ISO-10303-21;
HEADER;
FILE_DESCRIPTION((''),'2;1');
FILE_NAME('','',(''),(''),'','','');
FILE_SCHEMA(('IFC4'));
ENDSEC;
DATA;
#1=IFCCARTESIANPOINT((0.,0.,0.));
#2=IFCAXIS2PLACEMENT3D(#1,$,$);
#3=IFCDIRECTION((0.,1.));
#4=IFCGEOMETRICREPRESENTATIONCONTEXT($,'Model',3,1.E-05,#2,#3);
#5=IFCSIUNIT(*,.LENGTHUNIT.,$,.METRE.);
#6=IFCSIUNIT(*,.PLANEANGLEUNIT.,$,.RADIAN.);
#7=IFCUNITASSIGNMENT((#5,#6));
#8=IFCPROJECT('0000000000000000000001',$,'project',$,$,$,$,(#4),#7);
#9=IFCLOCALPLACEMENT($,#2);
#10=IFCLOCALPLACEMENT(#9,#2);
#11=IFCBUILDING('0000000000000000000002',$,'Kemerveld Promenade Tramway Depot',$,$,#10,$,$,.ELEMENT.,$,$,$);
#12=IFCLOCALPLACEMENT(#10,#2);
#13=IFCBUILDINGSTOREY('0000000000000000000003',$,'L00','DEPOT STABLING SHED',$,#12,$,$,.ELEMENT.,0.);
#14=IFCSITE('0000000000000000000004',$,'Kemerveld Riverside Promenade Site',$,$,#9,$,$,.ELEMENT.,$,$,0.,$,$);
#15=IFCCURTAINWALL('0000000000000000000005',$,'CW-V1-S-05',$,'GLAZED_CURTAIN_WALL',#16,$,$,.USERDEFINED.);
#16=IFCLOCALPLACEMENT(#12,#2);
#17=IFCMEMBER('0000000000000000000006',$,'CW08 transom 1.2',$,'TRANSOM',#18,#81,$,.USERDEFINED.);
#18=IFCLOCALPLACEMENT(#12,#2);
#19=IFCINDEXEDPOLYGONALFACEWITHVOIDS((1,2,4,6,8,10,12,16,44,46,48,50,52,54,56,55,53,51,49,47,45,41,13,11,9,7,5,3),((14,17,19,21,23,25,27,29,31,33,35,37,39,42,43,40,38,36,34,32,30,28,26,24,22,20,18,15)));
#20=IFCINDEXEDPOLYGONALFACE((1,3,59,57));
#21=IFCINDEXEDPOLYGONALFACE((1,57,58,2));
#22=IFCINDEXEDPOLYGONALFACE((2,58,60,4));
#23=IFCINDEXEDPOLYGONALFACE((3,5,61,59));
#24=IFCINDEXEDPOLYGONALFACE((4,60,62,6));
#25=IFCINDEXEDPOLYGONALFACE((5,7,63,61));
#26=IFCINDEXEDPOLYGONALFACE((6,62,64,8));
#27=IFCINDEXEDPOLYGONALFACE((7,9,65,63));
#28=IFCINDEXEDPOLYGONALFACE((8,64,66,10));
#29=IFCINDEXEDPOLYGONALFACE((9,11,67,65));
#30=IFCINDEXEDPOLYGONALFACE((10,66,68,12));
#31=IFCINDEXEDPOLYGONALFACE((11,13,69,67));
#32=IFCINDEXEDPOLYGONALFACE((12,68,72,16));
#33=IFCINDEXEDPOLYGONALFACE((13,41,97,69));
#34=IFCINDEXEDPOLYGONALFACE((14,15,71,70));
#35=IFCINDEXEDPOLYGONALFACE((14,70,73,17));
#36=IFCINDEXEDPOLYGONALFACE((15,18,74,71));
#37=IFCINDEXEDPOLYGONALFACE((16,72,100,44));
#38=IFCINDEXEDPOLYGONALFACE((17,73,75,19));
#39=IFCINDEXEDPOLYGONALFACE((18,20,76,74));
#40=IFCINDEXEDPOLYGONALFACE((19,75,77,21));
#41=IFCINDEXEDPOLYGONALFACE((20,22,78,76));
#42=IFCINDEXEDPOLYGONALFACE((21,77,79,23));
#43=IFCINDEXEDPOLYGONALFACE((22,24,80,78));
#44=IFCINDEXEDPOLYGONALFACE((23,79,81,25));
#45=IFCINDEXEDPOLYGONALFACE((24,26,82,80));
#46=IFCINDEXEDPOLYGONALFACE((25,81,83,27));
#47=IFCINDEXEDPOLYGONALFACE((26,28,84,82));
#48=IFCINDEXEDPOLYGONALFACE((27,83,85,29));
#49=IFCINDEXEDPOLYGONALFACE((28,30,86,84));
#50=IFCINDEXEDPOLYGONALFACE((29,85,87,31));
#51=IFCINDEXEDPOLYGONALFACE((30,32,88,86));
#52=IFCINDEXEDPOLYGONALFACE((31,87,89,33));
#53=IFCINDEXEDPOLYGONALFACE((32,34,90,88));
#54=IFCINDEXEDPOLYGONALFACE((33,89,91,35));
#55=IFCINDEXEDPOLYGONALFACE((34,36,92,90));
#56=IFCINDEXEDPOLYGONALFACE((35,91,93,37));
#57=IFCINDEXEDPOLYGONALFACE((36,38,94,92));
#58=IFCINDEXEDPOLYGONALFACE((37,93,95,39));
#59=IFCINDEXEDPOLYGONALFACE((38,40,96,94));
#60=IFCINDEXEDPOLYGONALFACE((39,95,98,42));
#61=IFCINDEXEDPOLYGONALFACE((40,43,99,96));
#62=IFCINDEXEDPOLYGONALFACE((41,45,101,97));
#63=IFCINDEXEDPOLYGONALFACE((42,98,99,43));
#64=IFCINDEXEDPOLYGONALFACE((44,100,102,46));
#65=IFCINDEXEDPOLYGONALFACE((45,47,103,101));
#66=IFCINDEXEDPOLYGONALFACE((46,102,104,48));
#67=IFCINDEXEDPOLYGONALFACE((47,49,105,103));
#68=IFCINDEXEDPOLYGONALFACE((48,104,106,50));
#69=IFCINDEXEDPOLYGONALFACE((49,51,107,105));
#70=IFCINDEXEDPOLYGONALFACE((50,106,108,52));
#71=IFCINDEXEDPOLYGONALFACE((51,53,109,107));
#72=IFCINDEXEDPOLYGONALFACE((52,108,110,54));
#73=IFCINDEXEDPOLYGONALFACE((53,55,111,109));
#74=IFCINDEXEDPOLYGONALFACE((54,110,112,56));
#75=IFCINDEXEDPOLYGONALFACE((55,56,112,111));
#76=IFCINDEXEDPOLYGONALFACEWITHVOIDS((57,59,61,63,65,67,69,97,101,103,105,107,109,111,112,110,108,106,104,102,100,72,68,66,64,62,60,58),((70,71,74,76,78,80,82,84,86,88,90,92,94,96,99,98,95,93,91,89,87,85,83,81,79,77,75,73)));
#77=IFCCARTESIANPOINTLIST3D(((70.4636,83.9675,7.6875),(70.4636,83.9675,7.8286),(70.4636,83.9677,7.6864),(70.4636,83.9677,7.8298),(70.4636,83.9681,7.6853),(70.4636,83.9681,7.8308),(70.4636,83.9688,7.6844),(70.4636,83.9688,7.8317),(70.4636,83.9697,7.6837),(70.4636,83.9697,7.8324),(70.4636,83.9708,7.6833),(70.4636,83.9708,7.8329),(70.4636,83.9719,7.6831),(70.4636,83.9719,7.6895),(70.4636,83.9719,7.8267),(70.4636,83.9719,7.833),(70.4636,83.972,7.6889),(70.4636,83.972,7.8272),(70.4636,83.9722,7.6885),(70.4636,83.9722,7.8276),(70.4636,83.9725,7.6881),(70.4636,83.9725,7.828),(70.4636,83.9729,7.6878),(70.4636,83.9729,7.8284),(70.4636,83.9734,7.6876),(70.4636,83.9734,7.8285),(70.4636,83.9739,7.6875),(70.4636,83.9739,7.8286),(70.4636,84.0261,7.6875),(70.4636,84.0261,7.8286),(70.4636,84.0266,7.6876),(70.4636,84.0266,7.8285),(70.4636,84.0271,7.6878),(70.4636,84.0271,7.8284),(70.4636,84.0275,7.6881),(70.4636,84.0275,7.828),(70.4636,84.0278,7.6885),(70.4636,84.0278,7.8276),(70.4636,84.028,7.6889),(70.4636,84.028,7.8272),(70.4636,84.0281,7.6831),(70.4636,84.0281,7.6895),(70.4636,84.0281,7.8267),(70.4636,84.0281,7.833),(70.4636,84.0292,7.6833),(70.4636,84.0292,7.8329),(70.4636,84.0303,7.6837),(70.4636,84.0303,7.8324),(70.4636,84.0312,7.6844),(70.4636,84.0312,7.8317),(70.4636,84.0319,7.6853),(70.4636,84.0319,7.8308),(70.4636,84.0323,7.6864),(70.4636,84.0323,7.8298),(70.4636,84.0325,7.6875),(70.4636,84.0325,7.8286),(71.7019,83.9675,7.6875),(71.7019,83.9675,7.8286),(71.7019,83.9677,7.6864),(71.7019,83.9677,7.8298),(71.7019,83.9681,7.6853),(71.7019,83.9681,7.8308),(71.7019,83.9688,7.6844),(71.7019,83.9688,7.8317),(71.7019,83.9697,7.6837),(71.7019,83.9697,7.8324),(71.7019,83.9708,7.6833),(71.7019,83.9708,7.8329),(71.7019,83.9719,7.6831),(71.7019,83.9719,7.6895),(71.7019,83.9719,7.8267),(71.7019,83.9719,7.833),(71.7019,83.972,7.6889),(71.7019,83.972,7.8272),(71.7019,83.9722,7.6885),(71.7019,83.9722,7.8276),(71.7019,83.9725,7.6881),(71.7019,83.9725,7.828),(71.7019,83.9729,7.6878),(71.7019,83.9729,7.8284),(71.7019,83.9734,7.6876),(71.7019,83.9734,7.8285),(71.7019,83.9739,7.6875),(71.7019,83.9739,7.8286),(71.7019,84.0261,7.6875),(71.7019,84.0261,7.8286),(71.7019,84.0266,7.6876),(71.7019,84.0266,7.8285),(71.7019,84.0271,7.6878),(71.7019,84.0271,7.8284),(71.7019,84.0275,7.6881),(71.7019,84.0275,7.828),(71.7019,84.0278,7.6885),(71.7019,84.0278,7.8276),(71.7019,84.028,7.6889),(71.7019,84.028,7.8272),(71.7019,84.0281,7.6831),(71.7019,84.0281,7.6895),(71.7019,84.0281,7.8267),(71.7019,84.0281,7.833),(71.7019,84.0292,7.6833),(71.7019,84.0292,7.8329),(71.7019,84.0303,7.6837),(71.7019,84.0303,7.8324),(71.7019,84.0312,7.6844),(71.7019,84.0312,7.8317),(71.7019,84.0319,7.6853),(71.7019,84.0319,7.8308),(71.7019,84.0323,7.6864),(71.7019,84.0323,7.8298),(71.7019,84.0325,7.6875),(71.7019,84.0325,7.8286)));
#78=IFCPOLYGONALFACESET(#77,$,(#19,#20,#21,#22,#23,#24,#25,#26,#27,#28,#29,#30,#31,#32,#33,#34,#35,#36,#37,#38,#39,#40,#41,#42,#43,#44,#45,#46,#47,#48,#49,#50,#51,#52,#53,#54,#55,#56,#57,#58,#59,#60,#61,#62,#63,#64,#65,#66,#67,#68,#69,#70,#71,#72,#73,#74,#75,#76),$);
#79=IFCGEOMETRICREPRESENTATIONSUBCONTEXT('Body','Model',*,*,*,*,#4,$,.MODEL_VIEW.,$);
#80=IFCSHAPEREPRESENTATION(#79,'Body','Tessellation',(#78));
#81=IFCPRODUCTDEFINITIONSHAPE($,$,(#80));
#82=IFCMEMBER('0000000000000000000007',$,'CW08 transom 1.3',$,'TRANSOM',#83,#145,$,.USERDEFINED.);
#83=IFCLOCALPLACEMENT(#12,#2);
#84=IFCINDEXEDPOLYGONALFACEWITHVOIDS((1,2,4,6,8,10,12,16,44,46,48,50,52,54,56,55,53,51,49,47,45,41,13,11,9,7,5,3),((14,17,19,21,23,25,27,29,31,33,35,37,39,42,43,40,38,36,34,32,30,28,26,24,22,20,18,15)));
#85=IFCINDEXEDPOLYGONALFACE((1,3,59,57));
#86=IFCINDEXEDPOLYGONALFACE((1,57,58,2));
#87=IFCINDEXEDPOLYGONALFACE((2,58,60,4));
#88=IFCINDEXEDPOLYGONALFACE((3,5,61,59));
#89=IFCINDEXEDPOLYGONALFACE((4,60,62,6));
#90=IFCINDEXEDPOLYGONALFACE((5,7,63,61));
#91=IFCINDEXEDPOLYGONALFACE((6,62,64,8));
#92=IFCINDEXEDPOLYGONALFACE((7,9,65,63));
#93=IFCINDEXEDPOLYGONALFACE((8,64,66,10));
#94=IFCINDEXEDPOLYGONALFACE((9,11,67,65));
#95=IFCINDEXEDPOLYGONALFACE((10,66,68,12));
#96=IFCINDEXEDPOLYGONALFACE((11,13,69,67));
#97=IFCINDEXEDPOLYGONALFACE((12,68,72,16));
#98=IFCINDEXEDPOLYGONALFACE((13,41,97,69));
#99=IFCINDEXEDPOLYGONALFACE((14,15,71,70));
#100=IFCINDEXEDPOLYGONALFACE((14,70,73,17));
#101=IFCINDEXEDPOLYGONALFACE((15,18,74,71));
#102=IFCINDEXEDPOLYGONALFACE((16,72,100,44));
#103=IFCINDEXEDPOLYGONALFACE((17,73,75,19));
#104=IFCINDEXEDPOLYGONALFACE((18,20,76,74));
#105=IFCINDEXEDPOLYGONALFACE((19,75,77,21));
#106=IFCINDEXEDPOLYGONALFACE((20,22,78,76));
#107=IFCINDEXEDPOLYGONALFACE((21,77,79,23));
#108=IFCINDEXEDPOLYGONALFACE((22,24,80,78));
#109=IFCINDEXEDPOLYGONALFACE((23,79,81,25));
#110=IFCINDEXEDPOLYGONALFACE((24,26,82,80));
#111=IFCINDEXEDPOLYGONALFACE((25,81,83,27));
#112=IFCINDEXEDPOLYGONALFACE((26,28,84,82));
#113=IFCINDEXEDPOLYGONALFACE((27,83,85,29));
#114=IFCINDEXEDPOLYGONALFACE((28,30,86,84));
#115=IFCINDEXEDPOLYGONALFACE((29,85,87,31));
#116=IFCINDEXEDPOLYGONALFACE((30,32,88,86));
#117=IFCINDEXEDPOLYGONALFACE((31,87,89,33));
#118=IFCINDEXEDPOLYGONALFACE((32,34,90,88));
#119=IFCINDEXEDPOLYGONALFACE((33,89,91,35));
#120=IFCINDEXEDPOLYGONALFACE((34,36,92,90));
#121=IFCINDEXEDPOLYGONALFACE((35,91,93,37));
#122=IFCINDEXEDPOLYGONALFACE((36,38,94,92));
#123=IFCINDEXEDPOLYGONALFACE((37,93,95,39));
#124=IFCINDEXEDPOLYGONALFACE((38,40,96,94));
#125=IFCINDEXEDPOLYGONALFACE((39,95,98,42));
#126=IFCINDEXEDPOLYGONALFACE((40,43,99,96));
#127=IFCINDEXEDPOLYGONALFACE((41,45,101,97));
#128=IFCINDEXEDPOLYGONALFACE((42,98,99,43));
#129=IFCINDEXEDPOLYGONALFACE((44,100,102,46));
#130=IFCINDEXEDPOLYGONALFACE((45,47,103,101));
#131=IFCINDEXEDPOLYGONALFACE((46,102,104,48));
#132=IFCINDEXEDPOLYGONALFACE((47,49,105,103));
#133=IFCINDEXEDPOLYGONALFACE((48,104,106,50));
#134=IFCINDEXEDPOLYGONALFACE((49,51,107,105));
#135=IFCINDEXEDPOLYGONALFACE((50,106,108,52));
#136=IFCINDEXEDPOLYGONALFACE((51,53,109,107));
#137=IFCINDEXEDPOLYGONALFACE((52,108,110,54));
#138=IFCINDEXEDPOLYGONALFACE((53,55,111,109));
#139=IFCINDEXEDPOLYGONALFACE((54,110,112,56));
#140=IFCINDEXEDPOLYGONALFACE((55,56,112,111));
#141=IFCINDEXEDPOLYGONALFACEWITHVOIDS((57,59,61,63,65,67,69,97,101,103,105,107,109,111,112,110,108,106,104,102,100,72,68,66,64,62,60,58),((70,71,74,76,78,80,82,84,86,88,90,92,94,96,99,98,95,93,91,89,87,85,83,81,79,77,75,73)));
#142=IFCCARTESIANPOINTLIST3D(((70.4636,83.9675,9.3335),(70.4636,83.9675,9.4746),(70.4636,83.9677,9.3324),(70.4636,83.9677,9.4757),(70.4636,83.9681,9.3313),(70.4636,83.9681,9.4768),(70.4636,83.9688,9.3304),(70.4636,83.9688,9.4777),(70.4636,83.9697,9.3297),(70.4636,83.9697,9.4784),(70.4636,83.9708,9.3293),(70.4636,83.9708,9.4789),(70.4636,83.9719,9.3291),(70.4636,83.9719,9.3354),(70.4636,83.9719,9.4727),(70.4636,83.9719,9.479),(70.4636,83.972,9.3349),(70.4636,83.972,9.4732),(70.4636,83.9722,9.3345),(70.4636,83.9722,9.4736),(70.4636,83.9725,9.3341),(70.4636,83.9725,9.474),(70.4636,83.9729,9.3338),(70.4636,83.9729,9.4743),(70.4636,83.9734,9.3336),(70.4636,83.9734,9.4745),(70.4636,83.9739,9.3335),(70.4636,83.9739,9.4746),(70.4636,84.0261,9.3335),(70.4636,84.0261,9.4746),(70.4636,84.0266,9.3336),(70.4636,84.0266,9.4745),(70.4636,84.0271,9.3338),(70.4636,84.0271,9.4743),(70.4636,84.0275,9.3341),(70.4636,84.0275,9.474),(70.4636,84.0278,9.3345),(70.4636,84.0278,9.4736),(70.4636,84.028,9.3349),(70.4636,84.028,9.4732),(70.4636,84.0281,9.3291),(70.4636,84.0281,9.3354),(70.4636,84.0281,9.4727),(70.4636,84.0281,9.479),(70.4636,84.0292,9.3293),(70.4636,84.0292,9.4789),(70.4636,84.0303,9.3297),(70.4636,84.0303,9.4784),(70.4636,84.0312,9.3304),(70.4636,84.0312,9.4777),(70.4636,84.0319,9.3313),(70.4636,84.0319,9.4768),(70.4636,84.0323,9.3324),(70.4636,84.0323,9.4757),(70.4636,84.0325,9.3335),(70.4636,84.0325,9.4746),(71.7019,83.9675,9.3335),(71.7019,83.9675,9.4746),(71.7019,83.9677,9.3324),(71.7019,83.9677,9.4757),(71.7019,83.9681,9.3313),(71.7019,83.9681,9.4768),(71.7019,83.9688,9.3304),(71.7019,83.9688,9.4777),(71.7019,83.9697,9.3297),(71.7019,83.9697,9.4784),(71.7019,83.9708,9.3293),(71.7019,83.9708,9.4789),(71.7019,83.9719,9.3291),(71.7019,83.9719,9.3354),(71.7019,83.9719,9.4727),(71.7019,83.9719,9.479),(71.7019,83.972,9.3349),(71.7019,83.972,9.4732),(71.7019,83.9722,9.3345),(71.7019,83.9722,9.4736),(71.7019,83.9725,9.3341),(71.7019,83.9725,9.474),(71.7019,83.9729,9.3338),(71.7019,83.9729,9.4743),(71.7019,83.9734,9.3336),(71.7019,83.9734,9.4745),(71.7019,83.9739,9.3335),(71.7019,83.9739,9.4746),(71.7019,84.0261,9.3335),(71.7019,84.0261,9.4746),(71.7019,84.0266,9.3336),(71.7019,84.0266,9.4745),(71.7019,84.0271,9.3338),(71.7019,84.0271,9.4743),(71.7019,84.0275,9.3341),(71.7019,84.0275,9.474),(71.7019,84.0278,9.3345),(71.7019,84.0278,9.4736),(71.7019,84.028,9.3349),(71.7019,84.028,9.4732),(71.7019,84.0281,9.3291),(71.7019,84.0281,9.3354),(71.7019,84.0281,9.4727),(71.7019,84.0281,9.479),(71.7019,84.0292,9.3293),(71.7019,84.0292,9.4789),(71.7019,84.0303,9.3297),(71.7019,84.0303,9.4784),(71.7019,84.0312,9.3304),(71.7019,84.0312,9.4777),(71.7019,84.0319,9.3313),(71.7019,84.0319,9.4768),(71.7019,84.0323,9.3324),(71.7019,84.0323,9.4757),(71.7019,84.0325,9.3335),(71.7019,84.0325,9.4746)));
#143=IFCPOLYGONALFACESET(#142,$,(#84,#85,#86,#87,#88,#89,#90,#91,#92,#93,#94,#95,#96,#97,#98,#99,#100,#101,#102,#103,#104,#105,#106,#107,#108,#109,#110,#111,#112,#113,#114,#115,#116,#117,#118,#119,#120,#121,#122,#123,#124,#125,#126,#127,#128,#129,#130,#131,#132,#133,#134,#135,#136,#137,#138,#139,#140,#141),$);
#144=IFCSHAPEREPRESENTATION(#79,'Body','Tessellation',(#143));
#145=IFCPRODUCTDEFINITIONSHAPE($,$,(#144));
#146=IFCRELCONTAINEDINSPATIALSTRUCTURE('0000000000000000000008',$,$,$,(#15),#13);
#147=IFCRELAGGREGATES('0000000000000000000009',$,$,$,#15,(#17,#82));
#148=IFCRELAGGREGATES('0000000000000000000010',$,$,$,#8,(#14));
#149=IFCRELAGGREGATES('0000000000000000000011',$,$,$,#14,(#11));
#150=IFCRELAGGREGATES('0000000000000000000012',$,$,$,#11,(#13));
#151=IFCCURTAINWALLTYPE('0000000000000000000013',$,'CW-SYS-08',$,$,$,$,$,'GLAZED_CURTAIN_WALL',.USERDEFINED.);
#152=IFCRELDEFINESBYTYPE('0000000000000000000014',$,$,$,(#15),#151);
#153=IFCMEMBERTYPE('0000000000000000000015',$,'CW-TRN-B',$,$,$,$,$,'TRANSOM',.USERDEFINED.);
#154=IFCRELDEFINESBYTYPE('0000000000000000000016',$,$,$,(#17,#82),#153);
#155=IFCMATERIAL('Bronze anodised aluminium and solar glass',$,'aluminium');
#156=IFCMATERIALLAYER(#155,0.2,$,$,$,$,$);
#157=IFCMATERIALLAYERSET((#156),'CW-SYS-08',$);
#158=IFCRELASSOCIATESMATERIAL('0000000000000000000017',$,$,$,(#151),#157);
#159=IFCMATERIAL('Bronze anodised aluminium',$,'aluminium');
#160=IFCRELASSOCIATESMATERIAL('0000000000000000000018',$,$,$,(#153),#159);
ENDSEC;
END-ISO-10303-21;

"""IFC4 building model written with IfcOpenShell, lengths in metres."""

from ifc_helpers import new_model, si_unit, direction, frame, origin, origin_2d, place, context, subcontext, project, spatial, hollow_rectangle, extrude, material, layer, layer_set, material_profile, profile_set, type_object, element, aggregate, save


model = new_model("IFC4")

# Units and contexts
model_context = context("Model", 3, precision=1e-05, world=origin(), true_north=direction((0.0, 1.0)))
body_context = subcontext(model_context, "Body", "Model", "MODEL_VIEW")
ifc_project = project(units=[si_unit("LENGTHUNIT", "METRE"), si_unit("PLANEANGLEUNIT", "RADIAN")], contexts=[model_context])

# Site, building, storey
site_placement = place(None, origin())
site = spatial("IfcSite", under=ifc_project, at=site_placement, Name="Kemerveld Riverside Promenade Site", CompositionType="ELEMENT", RefElevation=0.0)
building_placement = place(site_placement, origin())
building = spatial("IfcBuilding", under=site, at=building_placement, Name="Kemerveld Promenade Tramway Depot", CompositionType="ELEMENT")
storey_placement = place(building_placement, origin())
storey = spatial("IfcBuildingStorey", under=building, at=storey_placement, Name="L00", Description="DEPOT STABLING SHED", CompositionType="ELEMENT", Elevation=0.0)

# Curtain wall, members
ifc_material_1 = material(Name="Bronze anodised aluminium and solar glass", Category="aluminium")
ifc_material_2 = material(Name="Bronze anodised aluminium", Category="aluminium")
ifc_layer_1 = layer(ifc_material_1, 0.2)
ifc_layer_set_1 = layer_set([ifc_layer_1], Name="CW-SYS-08")
curtain_wall_type_1 = type_object("IfcCurtainWallType", Name="CW-SYS-08", ElementType="GLAZED_CURTAIN_WALL", PredefinedType="USERDEFINED", material=ifc_layer_set_1)
curtain_wall_1_placement = place(storey_placement, origin())
curtain_wall_1 = element("IfcCurtainWall", 1, at=curtain_wall_1_placement, inside=storey, type_object=curtain_wall_type_1, Name="CW-V1-S-05", ObjectType="GLAZED_CURTAIN_WALL", PredefinedType="USERDEFINED")
ifc_material_profile_1 = material_profile(ifc_material_2, hollow_rectangle(XDim=0.0649, YDim=0.1499, WallThickness=0.0044, InnerFilletRadius=0.002, OuterFilletRadius=0.0044, at=origin_2d()), Name="CW-TRN-150x65")
ifc_profile_set_1 = profile_set([ifc_material_profile_1], Name="Bronze anodised aluminium")
member_type_1 = type_object("IfcMemberType", Name="CW-TRN-B", ElementType="TRANSOM", PredefinedType="USERDEFINED", material=ifc_profile_set_1)
member_1_placement = place(storey_placement, frame((71.7019, 84.0, 7.7581), z_axis=(-1.0, 0.0, 0.0), x_axis=(0.0, -1.0, 0.0)))
member_1 = element("IfcMember", 2, at=member_1_placement, type_object=member_type_1, Name="CW08 transom 1.2", ObjectType="TRANSOM", PredefinedType="USERDEFINED", context=body_context, shape_type="SweptSolid", body=[
    extrude(hollow_rectangle(XDim=0.0649, YDim=0.1499, WallThickness=0.0044, InnerFilletRadius=0.002, OuterFilletRadius=0.0044, at=origin_2d()), origin(), (0.0, 0.0, 1.0), 1.2383),
])
member_2_placement = place(storey_placement, frame((71.7019, 84.0, 9.4041), z_axis=(-1.0, 0.0, 0.0), x_axis=(0.0, -1.0, 0.0)))
member_2 = element("IfcMember", 3, at=member_2_placement, type_object=member_type_1, Name="CW08 transom 1.3", ObjectType="TRANSOM", PredefinedType="USERDEFINED", context=body_context, shape_type="SweptSolid", body=[
    extrude(hollow_rectangle(XDim=0.0649, YDim=0.1499, WallThickness=0.0044, InnerFilletRadius=0.002, OuterFilletRadius=0.0044, at=origin_2d()), origin(), (0.0, 0.0, 1.0), 1.2383),
])

aggregate(curtain_wall_1, [member_1, member_2])

save(model, "model.ifc")
